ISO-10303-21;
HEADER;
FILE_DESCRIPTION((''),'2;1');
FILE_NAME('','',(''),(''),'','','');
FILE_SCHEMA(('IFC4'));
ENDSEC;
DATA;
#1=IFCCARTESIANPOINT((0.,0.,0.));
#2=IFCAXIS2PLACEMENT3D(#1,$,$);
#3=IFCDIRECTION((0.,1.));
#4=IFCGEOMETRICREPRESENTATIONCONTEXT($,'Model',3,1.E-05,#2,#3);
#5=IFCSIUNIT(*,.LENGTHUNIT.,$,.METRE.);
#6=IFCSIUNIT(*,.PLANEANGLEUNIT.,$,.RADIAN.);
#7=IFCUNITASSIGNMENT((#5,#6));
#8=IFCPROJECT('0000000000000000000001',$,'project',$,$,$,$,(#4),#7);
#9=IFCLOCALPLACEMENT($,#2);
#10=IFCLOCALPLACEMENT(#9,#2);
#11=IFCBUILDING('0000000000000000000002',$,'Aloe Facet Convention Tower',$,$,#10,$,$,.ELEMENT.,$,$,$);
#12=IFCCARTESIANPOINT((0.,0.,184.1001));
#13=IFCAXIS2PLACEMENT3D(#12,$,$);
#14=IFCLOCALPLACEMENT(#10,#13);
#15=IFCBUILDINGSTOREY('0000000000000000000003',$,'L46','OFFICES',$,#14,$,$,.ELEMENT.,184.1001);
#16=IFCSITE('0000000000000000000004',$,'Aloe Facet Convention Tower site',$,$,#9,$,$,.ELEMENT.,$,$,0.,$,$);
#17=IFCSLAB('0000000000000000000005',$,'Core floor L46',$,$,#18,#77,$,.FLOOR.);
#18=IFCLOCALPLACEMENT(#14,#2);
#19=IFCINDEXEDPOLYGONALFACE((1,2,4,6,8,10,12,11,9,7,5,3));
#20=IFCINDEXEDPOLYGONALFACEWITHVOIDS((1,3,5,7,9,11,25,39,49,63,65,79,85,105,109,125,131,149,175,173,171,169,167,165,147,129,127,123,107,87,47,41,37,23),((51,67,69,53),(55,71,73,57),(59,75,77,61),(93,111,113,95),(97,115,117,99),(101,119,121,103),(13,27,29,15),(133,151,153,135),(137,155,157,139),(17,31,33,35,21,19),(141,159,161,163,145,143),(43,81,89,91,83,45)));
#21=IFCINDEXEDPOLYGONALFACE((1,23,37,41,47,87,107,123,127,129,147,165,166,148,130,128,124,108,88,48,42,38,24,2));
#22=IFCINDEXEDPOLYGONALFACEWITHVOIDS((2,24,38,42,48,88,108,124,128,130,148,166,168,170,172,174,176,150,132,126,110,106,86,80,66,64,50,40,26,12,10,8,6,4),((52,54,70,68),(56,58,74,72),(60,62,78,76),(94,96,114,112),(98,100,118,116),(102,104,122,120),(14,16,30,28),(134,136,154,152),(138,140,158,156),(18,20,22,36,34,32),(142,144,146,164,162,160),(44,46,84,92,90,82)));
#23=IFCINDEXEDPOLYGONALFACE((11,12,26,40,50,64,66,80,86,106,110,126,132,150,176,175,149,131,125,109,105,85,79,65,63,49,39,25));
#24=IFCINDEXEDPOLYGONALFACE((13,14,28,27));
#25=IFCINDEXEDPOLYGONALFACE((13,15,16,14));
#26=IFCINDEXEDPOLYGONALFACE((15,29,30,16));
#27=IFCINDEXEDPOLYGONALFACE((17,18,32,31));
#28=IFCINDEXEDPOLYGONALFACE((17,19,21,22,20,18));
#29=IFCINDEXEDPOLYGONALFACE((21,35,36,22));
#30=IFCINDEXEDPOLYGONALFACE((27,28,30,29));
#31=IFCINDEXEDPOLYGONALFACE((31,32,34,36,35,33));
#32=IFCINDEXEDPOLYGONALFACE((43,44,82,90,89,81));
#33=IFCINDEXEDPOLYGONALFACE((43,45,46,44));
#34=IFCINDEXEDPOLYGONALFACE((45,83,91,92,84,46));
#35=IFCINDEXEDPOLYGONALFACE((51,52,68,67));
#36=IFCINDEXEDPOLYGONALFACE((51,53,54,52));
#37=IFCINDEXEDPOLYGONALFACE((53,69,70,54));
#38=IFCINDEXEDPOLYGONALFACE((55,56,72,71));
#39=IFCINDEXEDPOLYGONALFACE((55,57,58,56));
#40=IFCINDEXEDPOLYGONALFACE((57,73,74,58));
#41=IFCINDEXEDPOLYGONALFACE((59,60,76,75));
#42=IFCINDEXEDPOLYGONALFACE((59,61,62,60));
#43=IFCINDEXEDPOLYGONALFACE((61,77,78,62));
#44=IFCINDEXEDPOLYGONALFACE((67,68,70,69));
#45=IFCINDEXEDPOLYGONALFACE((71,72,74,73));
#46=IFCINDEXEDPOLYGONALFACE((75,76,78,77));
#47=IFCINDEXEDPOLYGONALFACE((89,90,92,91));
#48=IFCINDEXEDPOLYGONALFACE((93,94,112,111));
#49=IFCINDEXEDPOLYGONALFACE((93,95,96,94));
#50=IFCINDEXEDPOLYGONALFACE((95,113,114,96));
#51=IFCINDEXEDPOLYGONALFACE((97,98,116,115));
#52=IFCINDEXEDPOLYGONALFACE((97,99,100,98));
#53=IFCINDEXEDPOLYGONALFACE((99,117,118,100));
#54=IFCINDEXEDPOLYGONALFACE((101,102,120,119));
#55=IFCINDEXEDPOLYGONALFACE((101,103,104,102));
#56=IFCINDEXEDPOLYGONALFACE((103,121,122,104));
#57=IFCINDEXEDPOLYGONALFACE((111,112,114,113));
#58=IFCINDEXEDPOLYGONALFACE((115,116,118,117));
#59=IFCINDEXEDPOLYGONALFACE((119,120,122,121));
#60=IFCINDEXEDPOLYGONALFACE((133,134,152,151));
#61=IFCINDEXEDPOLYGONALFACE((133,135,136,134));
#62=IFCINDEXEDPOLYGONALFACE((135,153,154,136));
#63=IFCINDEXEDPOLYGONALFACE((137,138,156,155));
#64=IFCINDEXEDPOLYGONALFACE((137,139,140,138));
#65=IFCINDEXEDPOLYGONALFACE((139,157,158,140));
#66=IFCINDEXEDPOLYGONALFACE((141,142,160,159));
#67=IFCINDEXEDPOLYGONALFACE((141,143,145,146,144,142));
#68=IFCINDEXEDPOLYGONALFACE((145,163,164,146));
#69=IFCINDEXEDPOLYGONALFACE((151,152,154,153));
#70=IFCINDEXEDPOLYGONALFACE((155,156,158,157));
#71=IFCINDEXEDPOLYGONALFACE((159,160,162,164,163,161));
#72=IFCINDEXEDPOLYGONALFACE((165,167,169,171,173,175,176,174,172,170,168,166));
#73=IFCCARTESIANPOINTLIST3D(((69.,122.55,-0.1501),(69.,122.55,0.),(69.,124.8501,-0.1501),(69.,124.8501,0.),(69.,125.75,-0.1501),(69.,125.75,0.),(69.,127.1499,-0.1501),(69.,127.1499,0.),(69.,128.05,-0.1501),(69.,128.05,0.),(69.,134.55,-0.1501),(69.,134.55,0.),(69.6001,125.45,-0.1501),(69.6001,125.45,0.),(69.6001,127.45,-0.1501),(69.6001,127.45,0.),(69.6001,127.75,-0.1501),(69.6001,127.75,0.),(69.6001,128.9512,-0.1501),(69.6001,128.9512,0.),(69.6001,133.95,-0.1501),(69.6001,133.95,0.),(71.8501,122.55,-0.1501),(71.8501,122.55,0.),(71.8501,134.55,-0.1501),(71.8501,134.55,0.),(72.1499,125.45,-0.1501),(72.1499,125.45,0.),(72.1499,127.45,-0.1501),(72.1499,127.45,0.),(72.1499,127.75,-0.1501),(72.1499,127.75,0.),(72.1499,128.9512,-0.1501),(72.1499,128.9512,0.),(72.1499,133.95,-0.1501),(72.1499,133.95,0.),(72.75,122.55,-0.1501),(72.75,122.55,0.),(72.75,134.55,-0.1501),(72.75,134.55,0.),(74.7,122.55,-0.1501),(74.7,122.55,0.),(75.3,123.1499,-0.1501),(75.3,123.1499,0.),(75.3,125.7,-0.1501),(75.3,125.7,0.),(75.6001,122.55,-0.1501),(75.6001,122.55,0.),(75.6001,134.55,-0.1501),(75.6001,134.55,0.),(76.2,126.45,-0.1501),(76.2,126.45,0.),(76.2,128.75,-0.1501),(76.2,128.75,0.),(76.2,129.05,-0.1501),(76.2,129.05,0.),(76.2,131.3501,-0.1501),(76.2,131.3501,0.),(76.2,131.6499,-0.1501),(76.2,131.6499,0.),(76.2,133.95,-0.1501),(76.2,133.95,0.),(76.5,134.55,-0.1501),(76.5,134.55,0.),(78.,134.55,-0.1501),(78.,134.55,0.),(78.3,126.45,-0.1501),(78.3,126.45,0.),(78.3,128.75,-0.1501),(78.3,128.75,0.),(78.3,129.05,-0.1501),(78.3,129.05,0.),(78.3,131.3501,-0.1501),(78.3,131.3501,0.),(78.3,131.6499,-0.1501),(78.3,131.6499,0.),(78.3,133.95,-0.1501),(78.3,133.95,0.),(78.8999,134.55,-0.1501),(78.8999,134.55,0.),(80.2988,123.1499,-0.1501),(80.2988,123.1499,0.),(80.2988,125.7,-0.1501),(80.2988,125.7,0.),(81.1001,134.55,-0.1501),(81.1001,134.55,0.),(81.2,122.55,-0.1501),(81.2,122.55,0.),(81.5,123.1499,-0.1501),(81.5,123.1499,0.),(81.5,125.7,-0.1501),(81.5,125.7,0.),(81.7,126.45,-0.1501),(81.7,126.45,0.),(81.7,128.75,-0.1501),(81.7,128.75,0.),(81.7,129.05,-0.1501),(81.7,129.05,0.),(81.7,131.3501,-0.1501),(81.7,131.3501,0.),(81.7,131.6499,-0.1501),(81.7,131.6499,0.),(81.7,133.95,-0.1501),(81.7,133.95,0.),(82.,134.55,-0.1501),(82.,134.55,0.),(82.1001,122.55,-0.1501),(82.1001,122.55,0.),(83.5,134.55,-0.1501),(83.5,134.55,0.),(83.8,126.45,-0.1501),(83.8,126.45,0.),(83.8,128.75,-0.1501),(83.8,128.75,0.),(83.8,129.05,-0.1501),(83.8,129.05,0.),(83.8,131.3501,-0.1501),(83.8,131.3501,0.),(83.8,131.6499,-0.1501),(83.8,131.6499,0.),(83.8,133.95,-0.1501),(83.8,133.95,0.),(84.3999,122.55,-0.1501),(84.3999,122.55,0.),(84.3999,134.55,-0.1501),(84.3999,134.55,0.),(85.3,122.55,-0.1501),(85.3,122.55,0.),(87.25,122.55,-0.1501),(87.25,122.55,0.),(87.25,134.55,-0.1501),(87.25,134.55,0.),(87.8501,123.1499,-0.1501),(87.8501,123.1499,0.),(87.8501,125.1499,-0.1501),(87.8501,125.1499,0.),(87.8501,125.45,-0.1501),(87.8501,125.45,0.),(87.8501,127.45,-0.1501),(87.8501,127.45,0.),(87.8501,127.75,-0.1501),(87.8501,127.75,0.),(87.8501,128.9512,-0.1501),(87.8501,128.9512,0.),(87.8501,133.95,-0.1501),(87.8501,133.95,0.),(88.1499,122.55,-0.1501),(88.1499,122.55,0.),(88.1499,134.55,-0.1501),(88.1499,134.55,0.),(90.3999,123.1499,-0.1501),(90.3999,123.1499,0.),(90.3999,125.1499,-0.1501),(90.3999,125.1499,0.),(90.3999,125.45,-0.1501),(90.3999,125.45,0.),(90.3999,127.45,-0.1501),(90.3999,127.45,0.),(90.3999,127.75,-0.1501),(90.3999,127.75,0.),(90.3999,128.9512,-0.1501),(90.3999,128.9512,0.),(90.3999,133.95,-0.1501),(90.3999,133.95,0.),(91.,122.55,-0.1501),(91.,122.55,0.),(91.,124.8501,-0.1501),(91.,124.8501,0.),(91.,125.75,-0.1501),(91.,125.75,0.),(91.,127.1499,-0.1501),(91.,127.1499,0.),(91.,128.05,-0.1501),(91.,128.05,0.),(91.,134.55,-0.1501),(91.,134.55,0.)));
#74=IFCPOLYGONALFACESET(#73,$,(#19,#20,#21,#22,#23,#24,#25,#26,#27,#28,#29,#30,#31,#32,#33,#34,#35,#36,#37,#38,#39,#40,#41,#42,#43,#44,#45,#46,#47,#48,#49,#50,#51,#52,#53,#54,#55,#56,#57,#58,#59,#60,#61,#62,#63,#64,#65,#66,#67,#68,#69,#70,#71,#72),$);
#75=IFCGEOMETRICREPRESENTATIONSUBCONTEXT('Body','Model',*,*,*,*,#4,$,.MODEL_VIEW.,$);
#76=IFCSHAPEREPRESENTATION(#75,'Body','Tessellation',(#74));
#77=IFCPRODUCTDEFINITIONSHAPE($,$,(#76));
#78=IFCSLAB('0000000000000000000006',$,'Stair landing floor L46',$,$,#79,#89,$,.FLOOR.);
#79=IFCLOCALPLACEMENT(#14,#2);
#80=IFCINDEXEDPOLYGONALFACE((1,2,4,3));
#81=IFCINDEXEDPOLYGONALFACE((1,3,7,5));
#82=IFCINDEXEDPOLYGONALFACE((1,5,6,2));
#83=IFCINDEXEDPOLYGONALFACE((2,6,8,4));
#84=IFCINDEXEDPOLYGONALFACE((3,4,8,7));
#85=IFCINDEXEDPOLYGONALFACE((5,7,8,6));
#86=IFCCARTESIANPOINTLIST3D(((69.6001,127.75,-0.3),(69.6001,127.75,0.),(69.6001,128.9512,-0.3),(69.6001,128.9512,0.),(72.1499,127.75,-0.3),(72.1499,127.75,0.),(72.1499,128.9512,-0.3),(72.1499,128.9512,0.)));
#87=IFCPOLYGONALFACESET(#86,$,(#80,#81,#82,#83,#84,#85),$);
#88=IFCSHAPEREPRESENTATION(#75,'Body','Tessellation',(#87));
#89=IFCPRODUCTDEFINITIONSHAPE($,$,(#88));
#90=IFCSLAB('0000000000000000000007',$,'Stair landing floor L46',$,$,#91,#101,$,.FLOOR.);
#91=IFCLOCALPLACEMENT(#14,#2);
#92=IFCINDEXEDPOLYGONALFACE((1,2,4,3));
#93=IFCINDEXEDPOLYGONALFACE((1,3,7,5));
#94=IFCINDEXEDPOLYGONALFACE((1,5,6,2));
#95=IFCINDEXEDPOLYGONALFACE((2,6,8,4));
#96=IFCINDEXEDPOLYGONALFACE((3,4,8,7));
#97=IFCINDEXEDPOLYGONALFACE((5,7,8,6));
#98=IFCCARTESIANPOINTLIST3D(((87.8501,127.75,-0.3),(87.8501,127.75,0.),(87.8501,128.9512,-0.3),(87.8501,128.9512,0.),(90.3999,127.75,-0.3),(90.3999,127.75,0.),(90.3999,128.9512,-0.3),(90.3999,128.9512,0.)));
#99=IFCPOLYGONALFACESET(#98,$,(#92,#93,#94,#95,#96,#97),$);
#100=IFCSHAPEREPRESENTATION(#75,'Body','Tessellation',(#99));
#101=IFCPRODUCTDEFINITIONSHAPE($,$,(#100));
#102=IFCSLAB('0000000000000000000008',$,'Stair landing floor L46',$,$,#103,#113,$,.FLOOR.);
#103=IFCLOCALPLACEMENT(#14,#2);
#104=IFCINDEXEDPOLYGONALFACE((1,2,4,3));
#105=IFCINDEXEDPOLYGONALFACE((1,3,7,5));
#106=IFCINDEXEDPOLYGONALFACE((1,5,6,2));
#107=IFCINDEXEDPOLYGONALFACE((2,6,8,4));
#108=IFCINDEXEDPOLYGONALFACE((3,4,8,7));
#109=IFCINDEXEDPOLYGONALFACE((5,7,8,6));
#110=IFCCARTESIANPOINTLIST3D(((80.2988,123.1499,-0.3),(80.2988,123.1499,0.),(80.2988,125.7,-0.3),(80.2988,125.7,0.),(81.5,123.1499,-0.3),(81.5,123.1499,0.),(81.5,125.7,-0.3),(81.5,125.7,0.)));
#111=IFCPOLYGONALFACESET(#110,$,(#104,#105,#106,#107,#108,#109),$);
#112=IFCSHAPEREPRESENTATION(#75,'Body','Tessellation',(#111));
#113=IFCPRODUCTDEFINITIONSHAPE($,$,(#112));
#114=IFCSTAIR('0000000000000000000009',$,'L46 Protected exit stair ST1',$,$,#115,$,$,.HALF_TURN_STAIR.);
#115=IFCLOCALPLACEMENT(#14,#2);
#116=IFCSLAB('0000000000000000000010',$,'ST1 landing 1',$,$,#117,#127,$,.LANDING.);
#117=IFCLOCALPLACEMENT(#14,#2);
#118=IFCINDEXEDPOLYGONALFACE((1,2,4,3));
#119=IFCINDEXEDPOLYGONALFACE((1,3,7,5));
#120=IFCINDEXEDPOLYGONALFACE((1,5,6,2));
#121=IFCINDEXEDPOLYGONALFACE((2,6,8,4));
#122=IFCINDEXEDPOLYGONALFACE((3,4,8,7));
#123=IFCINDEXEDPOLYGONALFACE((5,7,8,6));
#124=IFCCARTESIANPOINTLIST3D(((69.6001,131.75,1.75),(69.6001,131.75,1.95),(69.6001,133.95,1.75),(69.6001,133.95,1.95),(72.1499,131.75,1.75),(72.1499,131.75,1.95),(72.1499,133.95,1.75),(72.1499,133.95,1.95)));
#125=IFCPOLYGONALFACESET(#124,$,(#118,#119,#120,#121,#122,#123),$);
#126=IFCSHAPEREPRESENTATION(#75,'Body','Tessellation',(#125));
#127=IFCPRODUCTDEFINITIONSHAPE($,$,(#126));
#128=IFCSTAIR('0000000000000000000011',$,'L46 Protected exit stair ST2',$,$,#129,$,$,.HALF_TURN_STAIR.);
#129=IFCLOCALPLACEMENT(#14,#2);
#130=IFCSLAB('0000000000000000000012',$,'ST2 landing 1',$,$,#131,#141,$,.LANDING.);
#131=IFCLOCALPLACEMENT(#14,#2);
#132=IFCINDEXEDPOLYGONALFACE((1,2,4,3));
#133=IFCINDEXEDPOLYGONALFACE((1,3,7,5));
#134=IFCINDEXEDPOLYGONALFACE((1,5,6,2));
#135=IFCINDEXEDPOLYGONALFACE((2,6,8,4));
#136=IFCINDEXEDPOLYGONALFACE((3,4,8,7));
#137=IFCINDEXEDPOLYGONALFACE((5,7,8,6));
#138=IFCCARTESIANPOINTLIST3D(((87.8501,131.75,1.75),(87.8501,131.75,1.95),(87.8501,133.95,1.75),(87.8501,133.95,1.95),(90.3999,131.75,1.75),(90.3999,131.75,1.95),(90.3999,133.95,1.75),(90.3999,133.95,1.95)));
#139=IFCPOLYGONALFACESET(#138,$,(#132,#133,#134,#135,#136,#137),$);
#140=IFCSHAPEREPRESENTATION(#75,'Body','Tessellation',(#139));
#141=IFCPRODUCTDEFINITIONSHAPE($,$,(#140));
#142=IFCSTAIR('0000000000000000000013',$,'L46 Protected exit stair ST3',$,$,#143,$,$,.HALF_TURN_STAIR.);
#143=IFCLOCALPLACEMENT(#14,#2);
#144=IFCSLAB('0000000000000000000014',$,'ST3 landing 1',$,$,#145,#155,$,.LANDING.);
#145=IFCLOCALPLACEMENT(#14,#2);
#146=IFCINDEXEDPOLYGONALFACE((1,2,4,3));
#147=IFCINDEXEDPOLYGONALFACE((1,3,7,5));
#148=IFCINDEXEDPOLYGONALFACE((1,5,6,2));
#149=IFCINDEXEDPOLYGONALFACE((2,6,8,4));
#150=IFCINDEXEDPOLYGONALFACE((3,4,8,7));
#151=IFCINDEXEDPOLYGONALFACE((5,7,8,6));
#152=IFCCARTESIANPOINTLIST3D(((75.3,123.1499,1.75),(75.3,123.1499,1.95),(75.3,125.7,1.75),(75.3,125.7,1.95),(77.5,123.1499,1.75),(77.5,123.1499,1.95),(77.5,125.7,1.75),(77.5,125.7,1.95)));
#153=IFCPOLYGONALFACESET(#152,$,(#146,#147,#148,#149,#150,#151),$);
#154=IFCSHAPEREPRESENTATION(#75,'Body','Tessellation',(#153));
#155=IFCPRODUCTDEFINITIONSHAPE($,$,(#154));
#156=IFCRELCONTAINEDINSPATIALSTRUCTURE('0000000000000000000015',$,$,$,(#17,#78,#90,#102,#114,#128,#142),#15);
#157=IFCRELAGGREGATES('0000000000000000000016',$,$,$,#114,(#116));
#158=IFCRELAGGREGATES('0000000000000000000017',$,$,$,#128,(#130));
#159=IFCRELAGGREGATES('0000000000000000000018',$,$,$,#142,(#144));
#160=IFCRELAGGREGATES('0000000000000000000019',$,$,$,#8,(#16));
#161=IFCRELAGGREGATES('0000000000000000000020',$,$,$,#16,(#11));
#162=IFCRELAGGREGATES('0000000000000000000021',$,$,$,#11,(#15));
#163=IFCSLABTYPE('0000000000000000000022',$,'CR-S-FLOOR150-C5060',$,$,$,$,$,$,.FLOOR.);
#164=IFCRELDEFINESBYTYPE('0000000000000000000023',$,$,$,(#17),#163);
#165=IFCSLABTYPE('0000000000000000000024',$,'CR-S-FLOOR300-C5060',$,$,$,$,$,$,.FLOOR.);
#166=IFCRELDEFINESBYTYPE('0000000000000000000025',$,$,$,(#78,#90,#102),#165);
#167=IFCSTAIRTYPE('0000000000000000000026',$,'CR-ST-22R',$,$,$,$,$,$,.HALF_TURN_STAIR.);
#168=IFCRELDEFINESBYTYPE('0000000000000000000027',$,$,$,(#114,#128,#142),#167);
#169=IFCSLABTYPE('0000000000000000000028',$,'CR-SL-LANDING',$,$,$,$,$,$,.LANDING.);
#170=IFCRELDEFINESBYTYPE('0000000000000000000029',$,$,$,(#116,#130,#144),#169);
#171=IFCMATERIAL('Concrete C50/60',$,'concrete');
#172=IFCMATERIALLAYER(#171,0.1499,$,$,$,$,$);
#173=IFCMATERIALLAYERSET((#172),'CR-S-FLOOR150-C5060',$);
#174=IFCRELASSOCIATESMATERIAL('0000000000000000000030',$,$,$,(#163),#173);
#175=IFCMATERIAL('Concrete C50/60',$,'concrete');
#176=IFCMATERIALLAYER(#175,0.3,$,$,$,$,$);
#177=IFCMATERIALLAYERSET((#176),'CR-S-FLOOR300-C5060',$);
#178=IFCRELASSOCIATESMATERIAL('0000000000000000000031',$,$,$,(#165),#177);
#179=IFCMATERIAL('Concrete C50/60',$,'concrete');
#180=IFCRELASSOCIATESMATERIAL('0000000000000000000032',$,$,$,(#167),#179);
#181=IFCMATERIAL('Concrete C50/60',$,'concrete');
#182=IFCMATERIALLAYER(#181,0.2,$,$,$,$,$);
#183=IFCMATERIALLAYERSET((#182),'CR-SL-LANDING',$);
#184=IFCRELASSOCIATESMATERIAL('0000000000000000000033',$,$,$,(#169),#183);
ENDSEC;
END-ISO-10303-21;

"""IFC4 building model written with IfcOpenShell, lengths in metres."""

from ifc_helpers import new_model, si_unit, direction, frame, origin, place, context, subcontext, project, spatial, polyline, outline, extrude, material, layer, layer_set, type_object, element, aggregate, save


model = new_model("IFC4")

# Units and contexts
model_context = context("Model", 3, precision=1e-05, world=origin(), true_north=direction((0.0, 1.0)))
body_context = subcontext(model_context, "Body", "Model", "MODEL_VIEW")
ifc_project = project(units=[si_unit("LENGTHUNIT", "METRE"), si_unit("PLANEANGLEUNIT", "RADIAN")], contexts=[model_context])

# Site, building, storey
site_placement = place(None, origin())
site = spatial("IfcSite", under=ifc_project, at=site_placement, Name="Aloe Facet Convention Tower site", CompositionType="ELEMENT", RefElevation=0.0)
building_placement = place(site_placement, origin())
building = spatial("IfcBuilding", under=site, at=building_placement, Name="Aloe Facet Convention Tower", CompositionType="ELEMENT")
storey_placement = place(building_placement, frame((0.0, 0.0, 184.1001)))
storey = spatial("IfcBuildingStorey", under=building, at=storey_placement, Name="L46", Description="OFFICES", CompositionType="ELEMENT", Elevation=184.1001)

# Slabs
ifc_material_1 = material(Name="Concrete C50/60", Category="concrete")
ifc_layer_1 = layer(ifc_material_1, 0.1499)
ifc_layer_set_1 = layer_set([ifc_layer_1], Name="CR-S-FLOOR150-C5060")
slab_type_1 = type_object("IfcSlabType", Name="CR-S-FLOOR150-C5060", PredefinedType="FLOOR", material=ifc_layer_set_1)
slab_1_placement = place(storey_placement, frame((0.0, 0.0, -0.1501)))
element("IfcSlab", 1, at=slab_1_placement, inside=storey, type_object=slab_type_1, Name="Core floor L46", PredefinedType="FLOOR", context=body_context, shape_type="SweptSolid", body=[
    extrude(outline(polyline([(71.8501, 134.55), (72.75, 134.55), (75.6001, 134.55), (76.5, 134.55), (78.0, 134.55), (78.8999, 134.55), (81.1001, 134.55), (82.0, 134.55), (83.5, 134.55), (84.3999, 134.55), (87.25, 134.55), (88.1499, 134.55), (91.0, 134.55), (91.0, 128.05), (91.0, 127.1499), (91.0, 125.75), (91.0, 124.8501), (91.0, 122.55), (88.1499, 122.55), (87.25, 122.55), (85.3, 122.55), (84.3999, 122.55), (82.1001, 122.55), (81.2, 122.55), (75.6001, 122.55), (74.7, 122.55), (72.75, 122.55), (71.8501, 122.55), (69.0, 122.55), (69.0, 124.8501), (69.0, 125.75), (69.0, 127.1499), (69.0, 128.05), (69.0, 134.55), (71.8501, 134.55)]), holes=[polyline([(80.2988, 123.1499), (81.5, 123.1499), (81.5, 125.7), (80.2988, 125.7), (75.3, 125.7), (75.3, 123.1499), (80.2988, 123.1499)]), polyline([(69.6001, 125.45), (72.1499, 125.45), (72.1499, 127.45), (69.6001, 127.45), (69.6001, 125.45)]), polyline([(76.2, 126.45), (78.3, 126.45), (78.3, 128.75), (76.2, 128.75), (76.2, 126.45)]), polyline([(78.3, 129.05), (78.3, 131.3501), (76.2, 131.3501), (76.2, 129.05), (78.3, 129.05)]), polyline([(69.6001, 133.95), (69.6001, 128.9512), (69.6001, 127.75), (72.1499, 127.75), (72.1499, 128.9512), (72.1499, 133.95), (69.6001, 133.95)]), polyline([(76.2, 131.6499), (78.3, 131.6499), (78.3, 133.95), (76.2, 133.95), (76.2, 131.6499)]), polyline([(90.3999, 123.1499), (90.3999, 125.1499), (87.8501, 125.1499), (87.8501, 123.1499), (90.3999, 123.1499)]), polyline([(87.8501, 125.45), (90.3999, 125.45), (90.3999, 127.45), (87.8501, 127.45), (87.8501, 125.45)]), polyline([(81.7, 126.45), (83.8, 126.45), (83.8, 128.75), (81.7, 128.75), (81.7, 126.45)]), polyline([(83.8, 129.05), (83.8, 131.3501), (81.7, 131.3501), (81.7, 129.05), (83.8, 129.05)]), polyline([(87.8501, 133.95), (87.8501, 128.9512), (87.8501, 127.75), (90.3999, 127.75), (90.3999, 128.9512), (90.3999, 133.95), (87.8501, 133.95)]), polyline([(81.7, 131.6499), (83.8, 131.6499), (83.8, 133.95), (81.7, 133.95), (81.7, 131.6499)])]), origin(), (0.0, 0.0, 1.0), 0.1501),
])
ifc_material_2 = material(Name="Concrete C50/60", Category="concrete")
ifc_layer_2 = layer(ifc_material_2, 0.3)
ifc_layer_set_2 = layer_set([ifc_layer_2], Name="CR-S-FLOOR300-C5060")
slab_type_2 = type_object("IfcSlabType", Name="CR-S-FLOOR300-C5060", PredefinedType="FLOOR", material=ifc_layer_set_2)
slab_2_placement = place(storey_placement, frame((0.0, 0.0, -0.3)))
element("IfcSlab", 2, at=slab_2_placement, inside=storey, type_object=slab_type_2, Name="Stair landing floor L46", PredefinedType="FLOOR", context=body_context, shape_type="SweptSolid", body=[
    extrude(outline(polyline([(72.1499, 127.75), (72.1499, 128.9512), (69.6001, 128.9512), (69.6001, 127.75), (72.1499, 127.75)])), origin(), (0.0, 0.0, 1.0), 0.3),
])
slab_3_placement = place(storey_placement, frame((0.0, 0.0, -0.3)))
element("IfcSlab", 3, at=slab_3_placement, inside=storey, type_object=slab_type_2, Name="Stair landing floor L46", PredefinedType="FLOOR", context=body_context, shape_type="SweptSolid", body=[
    extrude(outline(polyline([(90.3999, 127.75), (90.3999, 128.9512), (87.8501, 128.9512), (87.8501, 127.75), (90.3999, 127.75)])), origin(), (0.0, 0.0, 1.0), 0.3),
])
slab_4_placement = place(storey_placement, frame((0.0, 0.0, -0.3)))
element("IfcSlab", 4, at=slab_4_placement, inside=storey, type_object=slab_type_2, Name="Stair landing floor L46", PredefinedType="FLOOR", context=body_context, shape_type="SweptSolid", body=[
    extrude(outline(polyline([(81.5, 125.7), (80.2988, 125.7), (80.2988, 123.1499), (81.5, 123.1499), (81.5, 125.7)])), origin(), (0.0, 0.0, 1.0), 0.3),
])

# Stairs, slabs
ifc_material_3 = material(Name="Concrete C50/60", Category="concrete")
stair_type = type_object("IfcStairType", Name="CR-ST-22R", PredefinedType="HALF_TURN_STAIR", material=ifc_material_3)
stair_1_placement = place(storey_placement, origin())
stair_1 = element("IfcStair", 5, at=stair_1_placement, inside=storey, type_object=stair_type, Name="L46 Protected exit stair ST1", PredefinedType="HALF_TURN_STAIR")
ifc_material_4 = material(Name="Concrete C50/60", Category="concrete")
ifc_layer_3 = layer(ifc_material_4, 0.2)
ifc_layer_set_3 = layer_set([ifc_layer_3], Name="CR-SL-LANDING")
slab_type_3 = type_object("IfcSlabType", Name="CR-SL-LANDING", PredefinedType="LANDING", material=ifc_layer_set_3)
slab_5_placement = place(storey_placement, frame((0.0, 0.0, 1.75)))
slab_5 = element("IfcSlab", 6, at=slab_5_placement, type_object=slab_type_3, Name="ST1 landing 1", PredefinedType="LANDING", context=body_context, shape_type="SweptSolid", body=[
    extrude(outline(polyline([(72.1499, 131.75), (72.1499, 133.95), (69.6001, 133.95), (69.6001, 131.75), (72.1499, 131.75)])), origin(), (0.0, 0.0, 1.0), 0.2),
])
aggregate(stair_1, [slab_5])
stair_2_placement = place(storey_placement, origin())
stair_2 = element("IfcStair", 7, at=stair_2_placement, inside=storey, type_object=stair_type, Name="L46 Protected exit stair ST2", PredefinedType="HALF_TURN_STAIR")
slab_6_placement = place(storey_placement, frame((0.0, 0.0, 1.75)))
slab_6 = element("IfcSlab", 8, at=slab_6_placement, type_object=slab_type_3, Name="ST2 landing 1", PredefinedType="LANDING", context=body_context, shape_type="SweptSolid", body=[
    extrude(outline(polyline([(90.3999, 131.75), (90.3999, 133.95), (87.8501, 133.95), (87.8501, 131.75), (90.3999, 131.75)])), origin(), (0.0, 0.0, 1.0), 0.2),
])
aggregate(stair_2, [slab_6])
stair_3_placement = place(storey_placement, origin())
stair_3 = element("IfcStair", 9, at=stair_3_placement, inside=storey, type_object=stair_type, Name="L46 Protected exit stair ST3", PredefinedType="HALF_TURN_STAIR")
slab_7_placement = place(storey_placement, frame((0.0, 0.0, 1.75)))
slab_7 = element("IfcSlab", 10, at=slab_7_placement, type_object=slab_type_3, Name="ST3 landing 1", PredefinedType="LANDING", context=body_context, shape_type="SweptSolid", body=[
    extrude(outline(polyline([(77.5, 125.7), (75.3, 125.7), (75.3, 123.1499), (77.5, 123.1499), (77.5, 125.7)])), origin(), (0.0, 0.0, 1.0), 0.2),
])
aggregate(stair_3, [slab_7])

save(model, "model.ifc")
